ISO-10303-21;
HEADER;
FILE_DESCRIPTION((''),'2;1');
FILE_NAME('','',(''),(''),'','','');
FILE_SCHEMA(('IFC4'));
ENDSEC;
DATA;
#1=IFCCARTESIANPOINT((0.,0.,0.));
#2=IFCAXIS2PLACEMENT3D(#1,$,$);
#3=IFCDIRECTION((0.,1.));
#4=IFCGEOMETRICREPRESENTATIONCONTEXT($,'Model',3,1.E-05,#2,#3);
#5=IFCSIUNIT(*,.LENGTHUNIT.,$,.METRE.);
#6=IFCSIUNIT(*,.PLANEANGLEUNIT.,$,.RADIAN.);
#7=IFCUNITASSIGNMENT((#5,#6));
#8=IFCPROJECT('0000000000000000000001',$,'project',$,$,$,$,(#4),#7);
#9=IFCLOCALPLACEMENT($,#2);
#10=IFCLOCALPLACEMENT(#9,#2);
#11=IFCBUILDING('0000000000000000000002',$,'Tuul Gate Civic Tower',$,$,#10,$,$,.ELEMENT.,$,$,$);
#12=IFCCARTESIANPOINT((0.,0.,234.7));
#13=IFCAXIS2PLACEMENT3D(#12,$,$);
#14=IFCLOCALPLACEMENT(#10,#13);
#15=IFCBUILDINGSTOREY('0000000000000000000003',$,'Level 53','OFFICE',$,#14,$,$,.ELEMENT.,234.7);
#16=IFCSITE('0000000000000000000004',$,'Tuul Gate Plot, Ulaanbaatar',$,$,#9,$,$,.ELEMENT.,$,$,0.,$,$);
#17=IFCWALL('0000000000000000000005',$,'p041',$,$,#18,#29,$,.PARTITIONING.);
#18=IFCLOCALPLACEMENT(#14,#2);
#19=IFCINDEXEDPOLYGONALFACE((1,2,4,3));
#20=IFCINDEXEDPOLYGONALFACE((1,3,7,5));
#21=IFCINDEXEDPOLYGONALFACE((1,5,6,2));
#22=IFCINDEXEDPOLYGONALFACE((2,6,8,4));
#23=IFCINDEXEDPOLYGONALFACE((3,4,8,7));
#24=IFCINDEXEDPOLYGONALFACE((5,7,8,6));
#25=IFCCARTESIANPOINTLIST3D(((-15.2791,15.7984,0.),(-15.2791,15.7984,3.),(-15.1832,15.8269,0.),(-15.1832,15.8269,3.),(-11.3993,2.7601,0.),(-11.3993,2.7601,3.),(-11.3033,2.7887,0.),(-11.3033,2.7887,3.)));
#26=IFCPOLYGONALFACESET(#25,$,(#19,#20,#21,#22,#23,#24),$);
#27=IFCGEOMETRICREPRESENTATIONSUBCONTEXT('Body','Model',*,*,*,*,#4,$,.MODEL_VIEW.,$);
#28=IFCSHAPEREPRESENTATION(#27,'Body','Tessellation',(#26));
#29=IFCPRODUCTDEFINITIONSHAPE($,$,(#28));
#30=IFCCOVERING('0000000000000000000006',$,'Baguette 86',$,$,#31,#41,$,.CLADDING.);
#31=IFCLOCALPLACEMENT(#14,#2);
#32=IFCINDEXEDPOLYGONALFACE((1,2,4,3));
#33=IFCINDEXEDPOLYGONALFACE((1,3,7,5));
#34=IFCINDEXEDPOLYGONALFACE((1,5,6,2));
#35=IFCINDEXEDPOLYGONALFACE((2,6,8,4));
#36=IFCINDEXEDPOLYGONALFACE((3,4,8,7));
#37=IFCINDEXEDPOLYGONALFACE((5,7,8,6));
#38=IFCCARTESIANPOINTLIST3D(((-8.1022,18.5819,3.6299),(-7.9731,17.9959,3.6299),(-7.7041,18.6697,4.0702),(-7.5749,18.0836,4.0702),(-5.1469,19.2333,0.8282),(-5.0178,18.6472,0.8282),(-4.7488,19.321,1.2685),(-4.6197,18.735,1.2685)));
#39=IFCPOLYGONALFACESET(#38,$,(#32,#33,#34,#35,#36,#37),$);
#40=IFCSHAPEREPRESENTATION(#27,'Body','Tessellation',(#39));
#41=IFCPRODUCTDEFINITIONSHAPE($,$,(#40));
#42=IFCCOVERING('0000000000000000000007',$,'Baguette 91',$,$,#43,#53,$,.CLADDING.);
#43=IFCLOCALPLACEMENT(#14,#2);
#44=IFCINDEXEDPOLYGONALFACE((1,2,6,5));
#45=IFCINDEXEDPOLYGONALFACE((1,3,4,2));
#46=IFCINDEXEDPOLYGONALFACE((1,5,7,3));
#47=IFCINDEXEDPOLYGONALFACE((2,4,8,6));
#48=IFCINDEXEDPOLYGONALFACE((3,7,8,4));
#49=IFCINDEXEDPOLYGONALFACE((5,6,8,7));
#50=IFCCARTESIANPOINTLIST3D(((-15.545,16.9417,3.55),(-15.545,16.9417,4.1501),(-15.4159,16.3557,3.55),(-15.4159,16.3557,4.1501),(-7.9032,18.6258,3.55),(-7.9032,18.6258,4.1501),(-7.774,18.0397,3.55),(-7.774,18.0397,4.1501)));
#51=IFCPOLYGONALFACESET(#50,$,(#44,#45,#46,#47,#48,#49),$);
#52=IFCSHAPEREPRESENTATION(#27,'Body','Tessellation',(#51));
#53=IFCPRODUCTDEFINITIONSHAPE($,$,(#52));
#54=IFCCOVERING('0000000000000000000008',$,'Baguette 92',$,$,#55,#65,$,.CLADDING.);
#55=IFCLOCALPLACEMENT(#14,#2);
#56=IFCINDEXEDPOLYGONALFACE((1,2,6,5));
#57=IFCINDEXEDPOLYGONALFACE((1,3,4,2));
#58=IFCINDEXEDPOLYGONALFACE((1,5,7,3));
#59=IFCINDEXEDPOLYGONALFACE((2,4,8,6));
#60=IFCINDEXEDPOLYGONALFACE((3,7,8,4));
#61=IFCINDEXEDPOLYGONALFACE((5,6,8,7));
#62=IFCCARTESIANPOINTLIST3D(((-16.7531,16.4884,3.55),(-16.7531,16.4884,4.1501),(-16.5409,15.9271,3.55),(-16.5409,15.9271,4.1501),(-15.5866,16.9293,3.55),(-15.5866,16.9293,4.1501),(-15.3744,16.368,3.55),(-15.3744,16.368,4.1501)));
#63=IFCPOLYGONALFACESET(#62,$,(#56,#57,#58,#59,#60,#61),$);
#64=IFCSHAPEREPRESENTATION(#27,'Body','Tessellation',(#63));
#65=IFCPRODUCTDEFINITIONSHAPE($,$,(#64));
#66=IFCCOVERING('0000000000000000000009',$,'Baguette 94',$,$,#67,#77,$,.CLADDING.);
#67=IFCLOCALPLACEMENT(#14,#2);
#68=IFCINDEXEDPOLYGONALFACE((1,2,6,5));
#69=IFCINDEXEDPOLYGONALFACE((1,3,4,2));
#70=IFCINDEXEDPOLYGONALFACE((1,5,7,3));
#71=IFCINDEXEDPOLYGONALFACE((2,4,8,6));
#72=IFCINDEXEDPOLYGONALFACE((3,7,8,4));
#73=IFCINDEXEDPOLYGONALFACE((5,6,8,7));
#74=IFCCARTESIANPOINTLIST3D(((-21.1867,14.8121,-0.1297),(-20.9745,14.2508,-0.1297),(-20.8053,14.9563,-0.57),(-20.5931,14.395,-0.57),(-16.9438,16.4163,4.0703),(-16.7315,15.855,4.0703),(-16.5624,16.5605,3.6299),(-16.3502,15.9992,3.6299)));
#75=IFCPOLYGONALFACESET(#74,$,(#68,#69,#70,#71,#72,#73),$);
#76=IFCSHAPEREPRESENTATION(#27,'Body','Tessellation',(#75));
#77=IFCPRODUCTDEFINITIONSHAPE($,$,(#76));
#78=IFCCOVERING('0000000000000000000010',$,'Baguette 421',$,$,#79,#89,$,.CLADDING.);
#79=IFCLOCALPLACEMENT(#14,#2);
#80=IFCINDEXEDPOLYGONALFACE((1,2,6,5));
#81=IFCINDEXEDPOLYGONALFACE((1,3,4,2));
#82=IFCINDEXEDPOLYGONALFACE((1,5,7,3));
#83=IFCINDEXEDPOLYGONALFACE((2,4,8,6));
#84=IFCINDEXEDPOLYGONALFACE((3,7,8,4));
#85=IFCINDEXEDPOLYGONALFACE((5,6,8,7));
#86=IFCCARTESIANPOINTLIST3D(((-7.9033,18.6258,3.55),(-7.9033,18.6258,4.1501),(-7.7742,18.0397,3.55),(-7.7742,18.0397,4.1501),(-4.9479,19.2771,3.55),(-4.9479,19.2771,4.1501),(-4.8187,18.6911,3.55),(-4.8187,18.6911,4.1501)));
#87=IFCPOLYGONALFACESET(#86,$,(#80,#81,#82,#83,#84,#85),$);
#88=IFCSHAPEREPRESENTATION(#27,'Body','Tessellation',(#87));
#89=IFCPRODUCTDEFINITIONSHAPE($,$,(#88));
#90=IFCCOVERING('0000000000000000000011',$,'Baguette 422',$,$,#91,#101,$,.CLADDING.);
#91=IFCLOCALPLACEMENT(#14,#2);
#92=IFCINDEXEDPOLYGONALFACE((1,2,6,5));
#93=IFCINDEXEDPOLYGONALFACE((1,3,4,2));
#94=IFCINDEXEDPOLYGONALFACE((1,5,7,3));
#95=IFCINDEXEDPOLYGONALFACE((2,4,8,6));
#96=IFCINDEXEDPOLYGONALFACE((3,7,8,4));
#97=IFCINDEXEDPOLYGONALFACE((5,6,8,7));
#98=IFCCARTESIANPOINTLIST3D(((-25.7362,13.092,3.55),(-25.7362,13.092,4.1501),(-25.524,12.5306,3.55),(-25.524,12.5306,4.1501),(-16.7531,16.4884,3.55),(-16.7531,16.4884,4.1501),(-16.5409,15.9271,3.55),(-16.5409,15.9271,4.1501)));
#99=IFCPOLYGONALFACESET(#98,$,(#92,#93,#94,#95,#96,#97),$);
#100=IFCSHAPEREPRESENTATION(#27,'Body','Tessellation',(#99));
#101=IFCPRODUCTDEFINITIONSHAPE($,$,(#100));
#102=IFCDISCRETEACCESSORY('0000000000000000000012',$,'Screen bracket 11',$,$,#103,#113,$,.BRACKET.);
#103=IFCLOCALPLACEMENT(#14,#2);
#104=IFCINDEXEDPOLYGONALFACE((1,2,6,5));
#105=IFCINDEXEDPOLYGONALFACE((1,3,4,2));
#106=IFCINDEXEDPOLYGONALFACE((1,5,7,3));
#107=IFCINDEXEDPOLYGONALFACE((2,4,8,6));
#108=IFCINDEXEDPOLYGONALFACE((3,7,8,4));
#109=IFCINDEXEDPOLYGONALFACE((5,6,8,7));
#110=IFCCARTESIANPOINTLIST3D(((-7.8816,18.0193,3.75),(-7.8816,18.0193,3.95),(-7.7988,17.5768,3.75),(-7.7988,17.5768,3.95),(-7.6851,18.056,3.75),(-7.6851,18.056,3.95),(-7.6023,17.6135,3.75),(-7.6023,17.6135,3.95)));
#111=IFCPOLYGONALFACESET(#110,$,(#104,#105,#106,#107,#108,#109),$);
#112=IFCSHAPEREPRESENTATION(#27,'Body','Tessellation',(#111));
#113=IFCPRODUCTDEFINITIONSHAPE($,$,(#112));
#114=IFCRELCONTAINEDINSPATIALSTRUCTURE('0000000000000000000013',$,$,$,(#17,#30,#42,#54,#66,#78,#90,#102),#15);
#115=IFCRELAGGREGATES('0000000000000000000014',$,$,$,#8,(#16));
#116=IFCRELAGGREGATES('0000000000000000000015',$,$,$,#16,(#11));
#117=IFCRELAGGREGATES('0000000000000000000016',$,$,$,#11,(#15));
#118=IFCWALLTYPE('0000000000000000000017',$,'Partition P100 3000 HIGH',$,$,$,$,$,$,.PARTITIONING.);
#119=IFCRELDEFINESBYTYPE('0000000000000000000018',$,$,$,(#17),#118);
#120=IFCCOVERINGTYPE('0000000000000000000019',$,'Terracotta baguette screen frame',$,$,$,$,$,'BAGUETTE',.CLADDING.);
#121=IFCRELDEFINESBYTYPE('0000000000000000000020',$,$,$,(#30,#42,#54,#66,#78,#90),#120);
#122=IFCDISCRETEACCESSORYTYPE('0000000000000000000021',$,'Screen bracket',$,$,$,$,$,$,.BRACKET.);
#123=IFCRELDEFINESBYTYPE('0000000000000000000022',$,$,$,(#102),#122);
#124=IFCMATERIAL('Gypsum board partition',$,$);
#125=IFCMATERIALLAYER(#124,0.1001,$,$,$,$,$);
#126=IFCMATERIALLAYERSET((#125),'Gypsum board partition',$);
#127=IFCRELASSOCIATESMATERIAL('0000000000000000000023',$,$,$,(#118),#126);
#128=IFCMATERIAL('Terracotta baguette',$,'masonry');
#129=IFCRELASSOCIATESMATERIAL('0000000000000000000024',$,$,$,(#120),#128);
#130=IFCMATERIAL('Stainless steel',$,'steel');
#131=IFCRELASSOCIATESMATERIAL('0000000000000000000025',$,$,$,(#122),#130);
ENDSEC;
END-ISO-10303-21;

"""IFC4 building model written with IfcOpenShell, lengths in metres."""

from ifc_helpers import new_model, si_unit, direction, frame, frame_2d, origin, origin_2d, place, context, subcontext, project, spatial, rectangle, extrude, material, layer, layer_set, material_profile, profile_set, type_object, element, save


model = new_model("IFC4")

# Units and contexts
model_context = context("Model", 3, precision=1e-05, world=origin(), true_north=direction((0.0, 1.0)))
body_context = subcontext(model_context, "Body", "Model", "MODEL_VIEW")
ifc_project = project(units=[si_unit("LENGTHUNIT", "METRE"), si_unit("PLANEANGLEUNIT", "RADIAN")], contexts=[model_context])

# Site, building, storey
site_placement = place(None, origin())
site = spatial("IfcSite", under=ifc_project, at=site_placement, Name="Tuul Gate Plot, Ulaanbaatar", CompositionType="ELEMENT", RefElevation=0.0)
building_placement = place(site_placement, origin())
building = spatial("IfcBuilding", under=site, at=building_placement, Name="Tuul Gate Civic Tower", CompositionType="ELEMENT")
storey_placement = place(building_placement, frame((0.0, 0.0, 234.7)))
storey = spatial("IfcBuildingStorey", under=building, at=storey_placement, Name="Level 53", Description="OFFICE", CompositionType="ELEMENT", Elevation=234.7)

# Wall
ifc_material_1 = material(Name="Gypsum board partition")
ifc_layer_1 = layer(ifc_material_1, 0.1001)
ifc_layer_set_1 = layer_set([ifc_layer_1], Name="Gypsum board partition")
wall_type_1 = type_object("IfcWallType", Name="Partition P100 3000 HIGH", PredefinedType="PARTITIONING", material=ifc_layer_set_1)
wall_1_placement = place(storey_placement, frame((-15.2312, 15.8127, 0.0), z_axis=(0.0, 0.0, 1.0), x_axis=(0.285215, -0.958464, 0.0)))
element("IfcWall", 1, at=wall_1_placement, inside=storey, type_object=wall_type_1, Name="p041", PredefinedType="PARTITIONING", context=body_context, shape_type="SweptSolid", body=[
    extrude(rectangle(XDim=13.6033, YDim=0.1001, at=frame_2d((6.8018, 0.0))), origin(), (0.0, 0.0, 1.0), 3.0),
])

# Coverings
ifc_material_2 = material(Name="Terracotta baguette", Category="masonry")
ifc_material_profile_1 = material_profile(ifc_material_2, rectangle(XDim=0.6001, YDim=0.6001, at=origin_2d()), Name="Terracotta baguette screen frame")
ifc_profile_set_1 = profile_set([ifc_material_profile_1], Name="Terracotta baguette")
covering_type = type_object("IfcCoveringType", Name="Terracotta baguette screen frame", ElementType="BAGUETTE", PredefinedType="CLADDING", material=ifc_profile_set_1)
covering_1_placement = place(storey_placement, frame((-4.8833, 18.9841, 1.0483), z_axis=(-0.716601, -0.157942, 0.679365), x_axis=(0.215239, -0.976561, 0.0)))
element("IfcCovering", 2, at=covering_1_placement, inside=storey, type_object=covering_type, Name="Baguette 86", PredefinedType="CLADDING", context=body_context, shape_type="SweptSolid", body=[
    extrude(rectangle(XDim=0.6001, YDim=0.6001, at=origin_2d()), origin(), (0.0, 0.0, 1.0), 4.124),
])
covering_2_placement = place(storey_placement, frame((-7.8386, 18.3328, 3.8501), z_axis=(-0.976567, -0.215212, 0.0), x_axis=(0.215212, -0.976567, 0.0)))
element("IfcCovering", 3, at=covering_2_placement, inside=storey, type_object=covering_type, Name="Baguette 91", PredefinedType="CLADDING", context=body_context, shape_type="SweptSolid", body=[
    extrude(rectangle(XDim=0.6001, YDim=0.6001, at=origin_2d()), origin(), (0.0, 0.0, 1.0), 7.8252),
])
covering_3_placement = place(storey_placement, frame((-15.4805, 16.6487, 3.8501), z_axis=(-0.935409, -0.353568, 0.0), x_axis=(0.353568, -0.935409, 0.0)))
element("IfcCovering", 4, at=covering_3_placement, inside=storey, type_object=covering_type, Name="Baguette 92", PredefinedType="CLADDING", context=body_context, shape_type="SweptSolid", body=[
    extrude(rectangle(XDim=0.6001, YDim=0.6001, at=origin_2d()), origin(), (0.0, 0.0, 1.0), 1.2471),
])
covering_4_placement = place(storey_placement, frame((-16.647, 16.2078, 3.8501), z_axis=(-0.686348, -0.259508, -0.679398), x_axis=(0.353664, -0.935372, 0.0)))
element("IfcCovering", 5, at=covering_4_placement, inside=storey, type_object=covering_type, Name="Baguette 94", PredefinedType="CLADDING", context=body_context, shape_type="SweptSolid", body=[
    extrude(rectangle(XDim=0.6001, YDim=0.6001, at=origin_2d()), origin(), (0.0, 0.0, 1.0), 6.1819),
])
covering_5_placement = place(storey_placement, frame((-4.8833, 18.9841, 3.8501), z_axis=(-0.976561, -0.215239, 0.0), x_axis=(0.215239, -0.976561, 0.0)))
element("IfcCovering", 6, at=covering_5_placement, inside=storey, type_object=covering_type, Name="Baguette 421", PredefinedType="CLADDING", context=body_context, shape_type="SweptSolid", body=[
    extrude(rectangle(XDim=0.6001, YDim=0.6001, at=origin_2d()), origin(), (0.0, 0.0, 1.0), 3.0264),
])
covering_6_placement = place(storey_placement, frame((-16.647, 16.2078, 3.8501), z_axis=(-0.935374, -0.35366, 0.0), x_axis=(0.35366, -0.935374, 0.0)))
element("IfcCovering", 7, at=covering_6_placement, inside=storey, type_object=covering_type, Name="Baguette 422", PredefinedType="CLADDING", context=body_context, shape_type="SweptSolid", body=[
    extrude(rectangle(XDim=0.6001, YDim=0.6001, at=origin_2d()), origin(), (0.0, 0.0, 1.0), 9.6038),
])

# Discrete accessory
ifc_material_3 = material(Name="Stainless steel", Category="steel")
discrete_accessory_type = type_object("IfcDiscreteAccessoryType", Name="Screen bracket", PredefinedType="BRACKET", material=ifc_material_3)
discrete_accessory_placement = place(storey_placement, frame((-7.7419, 17.8164, 3.75), z_axis=(0.0, 0.0, 1.0), x_axis=(-0.183862, 0.982952, 0.0)))
element("IfcDiscreteAccessory", 8, at=discrete_accessory_placement, inside=storey, type_object=discrete_accessory_type, Name="Screen bracket 11", PredefinedType="BRACKET", context=body_context, shape_type="SweptSolid", body=[
    extrude(rectangle(XDim=0.4502, YDim=0.2, at=origin_2d()), origin(), (0.0, 0.0, 1.0), 0.2),
])

save(model, "model.ifc")
